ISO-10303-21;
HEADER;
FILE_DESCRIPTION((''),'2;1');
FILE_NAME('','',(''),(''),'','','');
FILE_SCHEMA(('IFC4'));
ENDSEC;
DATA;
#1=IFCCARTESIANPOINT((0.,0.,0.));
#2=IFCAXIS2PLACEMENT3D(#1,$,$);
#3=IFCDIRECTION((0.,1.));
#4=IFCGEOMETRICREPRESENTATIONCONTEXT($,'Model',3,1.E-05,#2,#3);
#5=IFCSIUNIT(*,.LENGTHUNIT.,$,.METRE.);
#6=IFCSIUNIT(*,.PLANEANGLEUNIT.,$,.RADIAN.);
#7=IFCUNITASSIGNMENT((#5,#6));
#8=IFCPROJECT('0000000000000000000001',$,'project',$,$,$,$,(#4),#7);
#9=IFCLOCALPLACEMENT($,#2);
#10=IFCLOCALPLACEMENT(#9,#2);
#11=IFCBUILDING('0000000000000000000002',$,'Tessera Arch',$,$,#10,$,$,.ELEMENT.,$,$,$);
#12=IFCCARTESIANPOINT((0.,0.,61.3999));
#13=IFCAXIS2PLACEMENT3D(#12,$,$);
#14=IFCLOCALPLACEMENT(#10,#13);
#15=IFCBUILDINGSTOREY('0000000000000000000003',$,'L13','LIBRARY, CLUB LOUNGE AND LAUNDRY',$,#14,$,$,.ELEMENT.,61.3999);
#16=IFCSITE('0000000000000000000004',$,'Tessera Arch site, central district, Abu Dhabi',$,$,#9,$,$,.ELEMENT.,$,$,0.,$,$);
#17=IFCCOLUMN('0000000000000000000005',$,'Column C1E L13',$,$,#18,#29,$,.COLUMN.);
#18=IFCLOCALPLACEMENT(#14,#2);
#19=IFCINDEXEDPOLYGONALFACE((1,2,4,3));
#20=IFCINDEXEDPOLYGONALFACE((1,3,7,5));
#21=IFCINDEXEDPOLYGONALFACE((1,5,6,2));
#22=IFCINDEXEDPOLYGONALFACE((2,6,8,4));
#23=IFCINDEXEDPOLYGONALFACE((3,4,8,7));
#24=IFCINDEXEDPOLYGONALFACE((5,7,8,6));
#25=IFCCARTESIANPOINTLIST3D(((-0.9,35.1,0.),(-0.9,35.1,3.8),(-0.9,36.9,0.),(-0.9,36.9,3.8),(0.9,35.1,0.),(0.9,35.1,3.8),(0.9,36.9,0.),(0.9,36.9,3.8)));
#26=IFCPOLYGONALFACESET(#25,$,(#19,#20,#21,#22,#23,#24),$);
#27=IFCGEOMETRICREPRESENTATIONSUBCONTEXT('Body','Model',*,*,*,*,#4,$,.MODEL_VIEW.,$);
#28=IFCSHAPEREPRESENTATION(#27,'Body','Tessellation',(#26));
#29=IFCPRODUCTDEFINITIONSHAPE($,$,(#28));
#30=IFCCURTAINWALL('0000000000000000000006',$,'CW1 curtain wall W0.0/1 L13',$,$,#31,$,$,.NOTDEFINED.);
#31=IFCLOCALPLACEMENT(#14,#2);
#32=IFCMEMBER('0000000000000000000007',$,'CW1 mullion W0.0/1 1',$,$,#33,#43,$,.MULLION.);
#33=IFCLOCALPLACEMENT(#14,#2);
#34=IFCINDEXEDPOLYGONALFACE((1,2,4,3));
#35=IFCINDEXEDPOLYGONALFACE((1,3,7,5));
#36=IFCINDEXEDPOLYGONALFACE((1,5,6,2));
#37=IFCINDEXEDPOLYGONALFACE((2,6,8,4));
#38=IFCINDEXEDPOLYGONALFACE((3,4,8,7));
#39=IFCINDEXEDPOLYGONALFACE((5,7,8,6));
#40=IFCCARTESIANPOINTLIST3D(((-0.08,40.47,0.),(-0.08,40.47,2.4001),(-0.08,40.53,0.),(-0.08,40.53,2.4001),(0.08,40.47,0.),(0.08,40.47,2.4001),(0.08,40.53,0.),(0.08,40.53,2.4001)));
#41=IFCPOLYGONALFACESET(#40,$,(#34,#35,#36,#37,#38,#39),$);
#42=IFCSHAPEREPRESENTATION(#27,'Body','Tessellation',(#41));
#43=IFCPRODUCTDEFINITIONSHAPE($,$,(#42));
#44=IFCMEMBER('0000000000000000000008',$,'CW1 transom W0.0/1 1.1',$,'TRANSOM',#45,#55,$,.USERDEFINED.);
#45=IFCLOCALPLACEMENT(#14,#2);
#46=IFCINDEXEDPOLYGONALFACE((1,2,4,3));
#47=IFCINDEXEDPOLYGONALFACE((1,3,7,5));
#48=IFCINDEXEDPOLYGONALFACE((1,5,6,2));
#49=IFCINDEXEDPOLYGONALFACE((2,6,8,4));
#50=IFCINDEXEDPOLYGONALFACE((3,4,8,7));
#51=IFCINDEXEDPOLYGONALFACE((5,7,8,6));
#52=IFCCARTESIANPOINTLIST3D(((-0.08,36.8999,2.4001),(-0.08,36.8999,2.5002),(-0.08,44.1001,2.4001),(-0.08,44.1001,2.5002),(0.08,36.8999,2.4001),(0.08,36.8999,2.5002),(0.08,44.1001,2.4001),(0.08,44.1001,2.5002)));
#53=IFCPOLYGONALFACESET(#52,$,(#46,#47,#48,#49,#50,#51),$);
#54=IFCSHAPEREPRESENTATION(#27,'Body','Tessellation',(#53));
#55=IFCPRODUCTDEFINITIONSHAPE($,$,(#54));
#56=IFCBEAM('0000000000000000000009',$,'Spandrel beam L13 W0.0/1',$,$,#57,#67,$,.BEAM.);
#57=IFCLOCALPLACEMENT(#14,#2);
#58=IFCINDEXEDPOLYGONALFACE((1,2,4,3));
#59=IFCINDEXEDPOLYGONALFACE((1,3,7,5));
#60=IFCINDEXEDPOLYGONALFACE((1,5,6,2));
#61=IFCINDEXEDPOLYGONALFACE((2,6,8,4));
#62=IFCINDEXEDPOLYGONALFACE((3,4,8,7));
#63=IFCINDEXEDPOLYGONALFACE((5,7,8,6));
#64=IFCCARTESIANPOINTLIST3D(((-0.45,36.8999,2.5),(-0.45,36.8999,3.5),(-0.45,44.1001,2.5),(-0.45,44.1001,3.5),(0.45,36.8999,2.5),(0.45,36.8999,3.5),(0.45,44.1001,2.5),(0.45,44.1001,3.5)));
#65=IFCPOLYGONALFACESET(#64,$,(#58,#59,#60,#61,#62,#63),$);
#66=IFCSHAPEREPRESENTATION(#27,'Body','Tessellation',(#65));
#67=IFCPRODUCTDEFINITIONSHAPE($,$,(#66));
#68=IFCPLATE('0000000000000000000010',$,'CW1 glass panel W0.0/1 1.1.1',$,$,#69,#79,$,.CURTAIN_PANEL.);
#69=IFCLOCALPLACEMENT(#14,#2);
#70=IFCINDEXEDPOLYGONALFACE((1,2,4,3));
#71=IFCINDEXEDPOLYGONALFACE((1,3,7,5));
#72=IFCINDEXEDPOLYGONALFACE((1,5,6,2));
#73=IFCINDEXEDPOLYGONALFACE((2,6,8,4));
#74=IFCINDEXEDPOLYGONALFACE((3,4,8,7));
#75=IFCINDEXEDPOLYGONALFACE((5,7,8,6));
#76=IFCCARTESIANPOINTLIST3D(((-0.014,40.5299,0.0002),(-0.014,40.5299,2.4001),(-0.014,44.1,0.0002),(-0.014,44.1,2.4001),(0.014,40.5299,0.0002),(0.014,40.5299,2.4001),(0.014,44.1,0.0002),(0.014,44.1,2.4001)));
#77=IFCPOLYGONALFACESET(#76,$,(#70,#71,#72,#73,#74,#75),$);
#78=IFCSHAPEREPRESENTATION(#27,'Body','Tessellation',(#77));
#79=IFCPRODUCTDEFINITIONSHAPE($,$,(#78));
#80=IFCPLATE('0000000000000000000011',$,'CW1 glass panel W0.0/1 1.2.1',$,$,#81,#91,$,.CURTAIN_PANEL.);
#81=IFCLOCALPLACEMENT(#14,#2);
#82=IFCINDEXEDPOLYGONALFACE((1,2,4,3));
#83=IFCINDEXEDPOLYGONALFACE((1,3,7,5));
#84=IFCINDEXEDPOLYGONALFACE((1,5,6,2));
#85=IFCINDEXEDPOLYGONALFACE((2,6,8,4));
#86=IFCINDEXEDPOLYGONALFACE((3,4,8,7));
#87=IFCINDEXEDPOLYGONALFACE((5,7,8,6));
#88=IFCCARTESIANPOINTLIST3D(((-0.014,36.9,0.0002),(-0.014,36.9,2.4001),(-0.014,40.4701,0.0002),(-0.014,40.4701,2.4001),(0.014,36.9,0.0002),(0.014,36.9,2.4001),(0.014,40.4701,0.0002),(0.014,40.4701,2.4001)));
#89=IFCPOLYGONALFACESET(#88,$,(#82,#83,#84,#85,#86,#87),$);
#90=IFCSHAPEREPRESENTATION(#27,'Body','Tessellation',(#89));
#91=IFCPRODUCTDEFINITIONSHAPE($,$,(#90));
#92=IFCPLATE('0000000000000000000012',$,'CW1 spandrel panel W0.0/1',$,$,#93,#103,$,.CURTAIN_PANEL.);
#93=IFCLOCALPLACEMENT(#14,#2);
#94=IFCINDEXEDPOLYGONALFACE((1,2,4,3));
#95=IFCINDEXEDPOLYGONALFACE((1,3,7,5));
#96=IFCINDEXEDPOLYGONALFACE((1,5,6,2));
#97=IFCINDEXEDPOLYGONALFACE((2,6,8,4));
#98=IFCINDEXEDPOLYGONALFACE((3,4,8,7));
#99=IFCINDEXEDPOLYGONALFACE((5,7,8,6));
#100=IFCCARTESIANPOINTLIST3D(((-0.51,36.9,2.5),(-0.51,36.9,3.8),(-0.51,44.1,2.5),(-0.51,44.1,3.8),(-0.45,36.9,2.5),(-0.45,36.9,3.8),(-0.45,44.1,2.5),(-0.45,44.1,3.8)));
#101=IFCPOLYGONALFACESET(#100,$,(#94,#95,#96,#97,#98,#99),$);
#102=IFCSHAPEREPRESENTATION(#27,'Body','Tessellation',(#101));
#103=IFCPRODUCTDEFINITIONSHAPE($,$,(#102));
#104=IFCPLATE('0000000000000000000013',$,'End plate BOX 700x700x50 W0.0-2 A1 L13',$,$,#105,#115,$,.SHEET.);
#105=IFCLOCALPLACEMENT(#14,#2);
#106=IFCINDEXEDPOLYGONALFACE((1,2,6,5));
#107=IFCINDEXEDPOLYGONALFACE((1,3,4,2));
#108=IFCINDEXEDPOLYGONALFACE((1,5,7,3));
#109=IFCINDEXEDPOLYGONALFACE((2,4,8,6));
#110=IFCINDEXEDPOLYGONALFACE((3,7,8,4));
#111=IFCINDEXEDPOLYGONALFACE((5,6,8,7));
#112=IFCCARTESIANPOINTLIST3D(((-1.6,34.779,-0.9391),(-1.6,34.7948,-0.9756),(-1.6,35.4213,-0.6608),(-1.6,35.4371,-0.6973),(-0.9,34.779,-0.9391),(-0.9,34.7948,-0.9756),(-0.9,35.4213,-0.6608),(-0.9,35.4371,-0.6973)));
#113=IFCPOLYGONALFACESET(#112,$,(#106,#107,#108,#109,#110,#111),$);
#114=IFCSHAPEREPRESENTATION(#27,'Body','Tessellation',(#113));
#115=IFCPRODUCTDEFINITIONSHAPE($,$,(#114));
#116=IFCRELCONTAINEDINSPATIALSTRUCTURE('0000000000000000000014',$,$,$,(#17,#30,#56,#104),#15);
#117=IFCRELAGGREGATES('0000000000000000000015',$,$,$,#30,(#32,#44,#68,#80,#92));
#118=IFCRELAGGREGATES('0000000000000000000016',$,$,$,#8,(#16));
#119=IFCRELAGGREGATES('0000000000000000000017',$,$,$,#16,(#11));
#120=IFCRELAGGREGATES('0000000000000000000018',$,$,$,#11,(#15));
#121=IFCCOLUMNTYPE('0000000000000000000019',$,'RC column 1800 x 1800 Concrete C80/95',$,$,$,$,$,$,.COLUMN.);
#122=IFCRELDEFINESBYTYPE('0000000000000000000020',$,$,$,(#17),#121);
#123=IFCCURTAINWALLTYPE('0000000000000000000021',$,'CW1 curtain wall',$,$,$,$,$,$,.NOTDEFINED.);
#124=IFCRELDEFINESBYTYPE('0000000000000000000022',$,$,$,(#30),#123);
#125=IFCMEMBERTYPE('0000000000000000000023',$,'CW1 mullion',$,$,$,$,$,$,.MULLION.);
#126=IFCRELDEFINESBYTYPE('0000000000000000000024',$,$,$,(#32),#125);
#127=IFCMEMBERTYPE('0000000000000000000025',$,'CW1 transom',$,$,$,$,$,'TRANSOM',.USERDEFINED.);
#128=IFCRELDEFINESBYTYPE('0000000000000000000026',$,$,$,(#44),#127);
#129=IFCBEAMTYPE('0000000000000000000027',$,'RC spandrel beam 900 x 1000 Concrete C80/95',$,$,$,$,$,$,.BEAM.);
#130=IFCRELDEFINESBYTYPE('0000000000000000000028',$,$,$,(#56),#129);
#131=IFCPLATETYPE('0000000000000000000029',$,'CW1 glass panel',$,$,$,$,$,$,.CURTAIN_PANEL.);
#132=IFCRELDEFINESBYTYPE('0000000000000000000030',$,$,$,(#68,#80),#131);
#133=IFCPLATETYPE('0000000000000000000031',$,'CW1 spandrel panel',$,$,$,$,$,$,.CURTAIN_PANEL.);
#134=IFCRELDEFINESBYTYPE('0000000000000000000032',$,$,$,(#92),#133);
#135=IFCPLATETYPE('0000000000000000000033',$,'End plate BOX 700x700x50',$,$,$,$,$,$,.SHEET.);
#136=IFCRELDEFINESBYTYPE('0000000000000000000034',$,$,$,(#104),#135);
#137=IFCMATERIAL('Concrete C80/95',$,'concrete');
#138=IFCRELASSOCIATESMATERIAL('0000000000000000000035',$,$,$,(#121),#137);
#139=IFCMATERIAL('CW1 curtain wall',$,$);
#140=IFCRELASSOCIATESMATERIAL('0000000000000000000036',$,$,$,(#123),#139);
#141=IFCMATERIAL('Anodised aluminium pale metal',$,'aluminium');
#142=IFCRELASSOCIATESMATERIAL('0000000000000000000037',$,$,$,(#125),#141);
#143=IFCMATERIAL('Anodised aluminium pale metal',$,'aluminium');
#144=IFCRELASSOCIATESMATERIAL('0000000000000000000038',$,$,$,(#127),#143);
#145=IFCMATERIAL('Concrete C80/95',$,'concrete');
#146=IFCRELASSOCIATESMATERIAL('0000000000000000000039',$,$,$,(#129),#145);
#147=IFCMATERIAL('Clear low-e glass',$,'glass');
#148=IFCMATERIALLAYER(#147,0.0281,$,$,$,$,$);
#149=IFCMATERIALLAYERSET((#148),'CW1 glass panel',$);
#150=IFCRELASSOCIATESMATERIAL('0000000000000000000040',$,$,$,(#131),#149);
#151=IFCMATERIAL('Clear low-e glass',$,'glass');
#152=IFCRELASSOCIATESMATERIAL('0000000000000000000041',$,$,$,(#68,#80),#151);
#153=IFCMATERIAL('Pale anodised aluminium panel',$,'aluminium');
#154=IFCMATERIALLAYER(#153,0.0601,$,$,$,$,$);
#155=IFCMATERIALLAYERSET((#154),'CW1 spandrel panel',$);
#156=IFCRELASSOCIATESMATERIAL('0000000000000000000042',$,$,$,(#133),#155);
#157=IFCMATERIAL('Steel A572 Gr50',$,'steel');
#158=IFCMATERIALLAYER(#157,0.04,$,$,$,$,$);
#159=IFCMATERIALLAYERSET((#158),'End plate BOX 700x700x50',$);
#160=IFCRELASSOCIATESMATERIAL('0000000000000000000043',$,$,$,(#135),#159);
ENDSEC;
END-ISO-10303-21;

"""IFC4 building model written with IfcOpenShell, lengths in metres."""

from ifc_helpers import new_model, si_unit, direction, frame, origin, origin_2d, place, context, subcontext, project, spatial, rectangle, extrude, material, layer, layer_set, material_profile, profile_set, type_object, element, aggregate, save


model = new_model("IFC4")

# Units and contexts
model_context = context("Model", 3, precision=1e-05, world=origin(), true_north=direction((0.0, 1.0)))
body_context = subcontext(model_context, "Body", "Model", "MODEL_VIEW")
ifc_project = project(units=[si_unit("LENGTHUNIT", "METRE"), si_unit("PLANEANGLEUNIT", "RADIAN")], contexts=[model_context])

# Site, building, storey
site_placement = place(None, origin())
site = spatial("IfcSite", under=ifc_project, at=site_placement, Name="Tessera Arch site, central district, Abu Dhabi", CompositionType="ELEMENT", RefElevation=0.0)
building_placement = place(site_placement, origin())
building = spatial("IfcBuilding", under=site, at=building_placement, Name="Tessera Arch", CompositionType="ELEMENT")
storey_placement = place(building_placement, frame((0.0, 0.0, 61.3999)))
storey = spatial("IfcBuildingStorey", under=building, at=storey_placement, Name="L13", Description="LIBRARY, CLUB LOUNGE AND LAUNDRY", CompositionType="ELEMENT", Elevation=61.3999)

# Column
ifc_material_1 = material(Name="Concrete C80/95", Category="concrete")
ifc_material_profile_1 = material_profile(ifc_material_1, rectangle(XDim=1.8, YDim=1.8, at=origin_2d()), Name="RC column 1800 x 1800 Concrete C80/95")
ifc_profile_set_1 = profile_set([ifc_material_profile_1], Name="Concrete C80/95")
column_type = type_object("IfcColumnType", Name="RC column 1800 x 1800 Concrete C80/95", PredefinedType="COLUMN", material=ifc_profile_set_1)
column_placement = place(storey_placement, frame((0.0, 36.0, 0.0), z_axis=(0.0, 0.0, 1.0), x_axis=(1.0, 0.0, 0.0)))
element("IfcColumn", 1, at=column_placement, inside=storey, type_object=column_type, Name="Column C1E L13", PredefinedType="COLUMN", context=body_context, shape_type="SweptSolid", body=[
    extrude(rectangle(XDim=1.8, YDim=1.8, at=origin_2d()), origin(), (0.0, 0.0, 1.0), 3.8),
])

# Curtain wall, members
ifc_material_2 = material(Name="CW1 curtain wall")
curtain_wall_type = type_object("IfcCurtainWallType", Name="CW1 curtain wall", PredefinedType="NOTDEFINED", material=ifc_material_2)
curtain_wall_placement = place(storey_placement, origin())
curtain_wall = element("IfcCurtainWall", 2, at=curtain_wall_placement, inside=storey, type_object=curtain_wall_type, Name="CW1 curtain wall W0.0/1 L13", PredefinedType="NOTDEFINED")
ifc_material_3 = material(Name="Anodised aluminium pale metal", Category="aluminium")
ifc_material_profile_2 = material_profile(ifc_material_3, rectangle(XDim=0.1599, YDim=0.0601, at=origin_2d()), Name="AL 60x160")
ifc_profile_set_2 = profile_set([ifc_material_profile_2], Name="Anodised aluminium pale metal")
member_type_1 = type_object("IfcMemberType", Name="CW1 mullion", PredefinedType="MULLION", material=ifc_profile_set_2)
member_1_placement = place(storey_placement, frame((0.0, 40.5, 0.0), z_axis=(0.0, 0.0, 1.0), x_axis=(1.0, 0.0, 0.0)))
member_1 = element("IfcMember", 3, at=member_1_placement, type_object=member_type_1, Name="CW1 mullion W0.0/1 1", PredefinedType="MULLION", context=body_context, shape_type="SweptSolid", body=[
    extrude(rectangle(XDim=0.1599, YDim=0.0601, at=origin_2d()), origin(), (0.0, 0.0, 1.0), 2.4001),
])
ifc_material_4 = material(Name="Anodised aluminium pale metal", Category="aluminium")
ifc_material_profile_3 = material_profile(ifc_material_4, rectangle(XDim=0.1599, YDim=0.1001, at=origin_2d()), Name="AL 160x100")
ifc_profile_set_3 = profile_set([ifc_material_profile_3], Name="Anodised aluminium pale metal")
member_type_2 = type_object("IfcMemberType", Name="CW1 transom", ElementType="TRANSOM", PredefinedType="USERDEFINED", material=ifc_profile_set_3)
member_2_placement = place(storey_placement, frame((0.0, 44.1001, 2.4502), z_axis=(0.0, -1.0, 0.0), x_axis=(1.0, 0.0, 0.0)))
member_2 = element("IfcMember", 4, at=member_2_placement, type_object=member_type_2, Name="CW1 transom W0.0/1 1.1", ObjectType="TRANSOM", PredefinedType="USERDEFINED", context=body_context, shape_type="SweptSolid", body=[
    extrude(rectangle(XDim=0.1599, YDim=0.1001, at=origin_2d()), origin(), (0.0, 0.0, 1.0), 7.2002),
])

# Beam
ifc_material_5 = material(Name="Concrete C80/95", Category="concrete")
ifc_material_profile_4 = material_profile(ifc_material_5, rectangle(XDim=0.8999, YDim=1.0, at=origin_2d()), Name="RC spandrel beam 900 x 1000 Concrete C80/95")
ifc_profile_set_4 = profile_set([ifc_material_profile_4], Name="Concrete C80/95")
beam_type = type_object("IfcBeamType", Name="RC spandrel beam 900 x 1000 Concrete C80/95", PredefinedType="BEAM", material=ifc_profile_set_4)
beam_placement = place(storey_placement, frame((0.0, 44.1001, 3.0), z_axis=(0.0, -1.0, 0.0), x_axis=(1.0, 0.0, 0.0)))
element("IfcBeam", 5, at=beam_placement, inside=storey, type_object=beam_type, Name="Spandrel beam L13 W0.0/1", PredefinedType="BEAM", context=body_context, shape_type="SweptSolid", body=[
    extrude(rectangle(XDim=0.8999, YDim=1.0, at=origin_2d()), origin(), (0.0, 0.0, 1.0), 7.2002),
])

# Plates
ifc_material_6 = material(Name="Clear low-e glass", Category="glass")
ifc_material_7 = material(Name="Clear low-e glass", Category="glass")
ifc_layer_1 = layer(ifc_material_7, 0.0281)
ifc_layer_set_1 = layer_set([ifc_layer_1], Name="CW1 glass panel")
plate_type_1 = type_object("IfcPlateType", Name="CW1 glass panel", PredefinedType="CURTAIN_PANEL", material=ifc_layer_set_1)
plate_1_placement = place(storey_placement, frame((0.0, 42.3149, 0.0002), z_axis=(0.0, 0.0, 1.0), x_axis=(0.0, -1.0, 0.0)))
plate_1 = element("IfcPlate", 6, at=plate_1_placement, type_object=plate_type_1, material=ifc_material_6, Name="CW1 glass panel W0.0/1 1.1.1", PredefinedType="CURTAIN_PANEL", context=body_context, shape_type="SweptSolid", body=[
    extrude(rectangle(XDim=3.5701, YDim=0.0281, at=origin_2d()), origin(), (0.0, 0.0, 1.0), 2.3999),
])
plate_2_placement = place(storey_placement, frame((0.0, 38.6851, 0.0002), z_axis=(0.0, 0.0, 1.0), x_axis=(0.0, -1.0, 0.0)))
plate_2 = element("IfcPlate", 7, at=plate_2_placement, type_object=plate_type_1, material=ifc_material_6, Name="CW1 glass panel W0.0/1 1.2.1", PredefinedType="CURTAIN_PANEL", context=body_context, shape_type="SweptSolid", body=[
    extrude(rectangle(XDim=3.5701, YDim=0.0281, at=origin_2d()), origin(), (0.0, 0.0, 1.0), 2.3999),
])
ifc_material_8 = material(Name="Pale anodised aluminium panel", Category="aluminium")
ifc_layer_2 = layer(ifc_material_8, 0.0601)
ifc_layer_set_2 = layer_set([ifc_layer_2], Name="CW1 spandrel panel")
plate_type_2 = type_object("IfcPlateType", Name="CW1 spandrel panel", PredefinedType="CURTAIN_PANEL", material=ifc_layer_set_2)
plate_3_placement = place(storey_placement, frame((-0.48, 40.5, 2.5), z_axis=(0.0, 0.0, 1.0), x_axis=(0.0, -1.0, 0.0)))
plate_3 = element("IfcPlate", 8, at=plate_3_placement, type_object=plate_type_2, Name="CW1 spandrel panel W0.0/1", PredefinedType="CURTAIN_PANEL", context=body_context, shape_type="SweptSolid", body=[
    extrude(rectangle(XDim=7.2, YDim=0.0601, at=origin_2d()), origin(), (0.0, 0.0, 1.0), 1.3),
])
aggregate(curtain_wall, [member_1, member_2, plate_1, plate_2, plate_3])
ifc_material_9 = material(Name="Steel A572 Gr50", Category="steel")
ifc_layer_3 = layer(ifc_material_9, 0.04)
ifc_layer_set_3 = layer_set([ifc_layer_3], Name="End plate BOX 700x700x50")
plate_type_3 = type_object("IfcPlateType", Name="End plate BOX 700x700x50", PredefinedType="SHEET", material=ifc_layer_set_3)
plate_4_placement = place(storey_placement, frame((-1.25, 35.116, -0.8364), z_axis=(0.0, -0.397607, 0.917556), x_axis=(1.0, 0.0, 0.0)))
element("IfcPlate", 9, at=plate_4_placement, inside=storey, type_object=plate_type_3, Name="End plate BOX 700x700x50 W0.0-2 A1 L13", PredefinedType="SHEET", context=body_context, shape_type="SweptSolid", body=[
    extrude(rectangle(XDim=0.7, YDim=0.7, at=origin_2d()), origin(), (0.0, 0.0, 1.0), 0.0398),
])

save(model, "model.ifc")
